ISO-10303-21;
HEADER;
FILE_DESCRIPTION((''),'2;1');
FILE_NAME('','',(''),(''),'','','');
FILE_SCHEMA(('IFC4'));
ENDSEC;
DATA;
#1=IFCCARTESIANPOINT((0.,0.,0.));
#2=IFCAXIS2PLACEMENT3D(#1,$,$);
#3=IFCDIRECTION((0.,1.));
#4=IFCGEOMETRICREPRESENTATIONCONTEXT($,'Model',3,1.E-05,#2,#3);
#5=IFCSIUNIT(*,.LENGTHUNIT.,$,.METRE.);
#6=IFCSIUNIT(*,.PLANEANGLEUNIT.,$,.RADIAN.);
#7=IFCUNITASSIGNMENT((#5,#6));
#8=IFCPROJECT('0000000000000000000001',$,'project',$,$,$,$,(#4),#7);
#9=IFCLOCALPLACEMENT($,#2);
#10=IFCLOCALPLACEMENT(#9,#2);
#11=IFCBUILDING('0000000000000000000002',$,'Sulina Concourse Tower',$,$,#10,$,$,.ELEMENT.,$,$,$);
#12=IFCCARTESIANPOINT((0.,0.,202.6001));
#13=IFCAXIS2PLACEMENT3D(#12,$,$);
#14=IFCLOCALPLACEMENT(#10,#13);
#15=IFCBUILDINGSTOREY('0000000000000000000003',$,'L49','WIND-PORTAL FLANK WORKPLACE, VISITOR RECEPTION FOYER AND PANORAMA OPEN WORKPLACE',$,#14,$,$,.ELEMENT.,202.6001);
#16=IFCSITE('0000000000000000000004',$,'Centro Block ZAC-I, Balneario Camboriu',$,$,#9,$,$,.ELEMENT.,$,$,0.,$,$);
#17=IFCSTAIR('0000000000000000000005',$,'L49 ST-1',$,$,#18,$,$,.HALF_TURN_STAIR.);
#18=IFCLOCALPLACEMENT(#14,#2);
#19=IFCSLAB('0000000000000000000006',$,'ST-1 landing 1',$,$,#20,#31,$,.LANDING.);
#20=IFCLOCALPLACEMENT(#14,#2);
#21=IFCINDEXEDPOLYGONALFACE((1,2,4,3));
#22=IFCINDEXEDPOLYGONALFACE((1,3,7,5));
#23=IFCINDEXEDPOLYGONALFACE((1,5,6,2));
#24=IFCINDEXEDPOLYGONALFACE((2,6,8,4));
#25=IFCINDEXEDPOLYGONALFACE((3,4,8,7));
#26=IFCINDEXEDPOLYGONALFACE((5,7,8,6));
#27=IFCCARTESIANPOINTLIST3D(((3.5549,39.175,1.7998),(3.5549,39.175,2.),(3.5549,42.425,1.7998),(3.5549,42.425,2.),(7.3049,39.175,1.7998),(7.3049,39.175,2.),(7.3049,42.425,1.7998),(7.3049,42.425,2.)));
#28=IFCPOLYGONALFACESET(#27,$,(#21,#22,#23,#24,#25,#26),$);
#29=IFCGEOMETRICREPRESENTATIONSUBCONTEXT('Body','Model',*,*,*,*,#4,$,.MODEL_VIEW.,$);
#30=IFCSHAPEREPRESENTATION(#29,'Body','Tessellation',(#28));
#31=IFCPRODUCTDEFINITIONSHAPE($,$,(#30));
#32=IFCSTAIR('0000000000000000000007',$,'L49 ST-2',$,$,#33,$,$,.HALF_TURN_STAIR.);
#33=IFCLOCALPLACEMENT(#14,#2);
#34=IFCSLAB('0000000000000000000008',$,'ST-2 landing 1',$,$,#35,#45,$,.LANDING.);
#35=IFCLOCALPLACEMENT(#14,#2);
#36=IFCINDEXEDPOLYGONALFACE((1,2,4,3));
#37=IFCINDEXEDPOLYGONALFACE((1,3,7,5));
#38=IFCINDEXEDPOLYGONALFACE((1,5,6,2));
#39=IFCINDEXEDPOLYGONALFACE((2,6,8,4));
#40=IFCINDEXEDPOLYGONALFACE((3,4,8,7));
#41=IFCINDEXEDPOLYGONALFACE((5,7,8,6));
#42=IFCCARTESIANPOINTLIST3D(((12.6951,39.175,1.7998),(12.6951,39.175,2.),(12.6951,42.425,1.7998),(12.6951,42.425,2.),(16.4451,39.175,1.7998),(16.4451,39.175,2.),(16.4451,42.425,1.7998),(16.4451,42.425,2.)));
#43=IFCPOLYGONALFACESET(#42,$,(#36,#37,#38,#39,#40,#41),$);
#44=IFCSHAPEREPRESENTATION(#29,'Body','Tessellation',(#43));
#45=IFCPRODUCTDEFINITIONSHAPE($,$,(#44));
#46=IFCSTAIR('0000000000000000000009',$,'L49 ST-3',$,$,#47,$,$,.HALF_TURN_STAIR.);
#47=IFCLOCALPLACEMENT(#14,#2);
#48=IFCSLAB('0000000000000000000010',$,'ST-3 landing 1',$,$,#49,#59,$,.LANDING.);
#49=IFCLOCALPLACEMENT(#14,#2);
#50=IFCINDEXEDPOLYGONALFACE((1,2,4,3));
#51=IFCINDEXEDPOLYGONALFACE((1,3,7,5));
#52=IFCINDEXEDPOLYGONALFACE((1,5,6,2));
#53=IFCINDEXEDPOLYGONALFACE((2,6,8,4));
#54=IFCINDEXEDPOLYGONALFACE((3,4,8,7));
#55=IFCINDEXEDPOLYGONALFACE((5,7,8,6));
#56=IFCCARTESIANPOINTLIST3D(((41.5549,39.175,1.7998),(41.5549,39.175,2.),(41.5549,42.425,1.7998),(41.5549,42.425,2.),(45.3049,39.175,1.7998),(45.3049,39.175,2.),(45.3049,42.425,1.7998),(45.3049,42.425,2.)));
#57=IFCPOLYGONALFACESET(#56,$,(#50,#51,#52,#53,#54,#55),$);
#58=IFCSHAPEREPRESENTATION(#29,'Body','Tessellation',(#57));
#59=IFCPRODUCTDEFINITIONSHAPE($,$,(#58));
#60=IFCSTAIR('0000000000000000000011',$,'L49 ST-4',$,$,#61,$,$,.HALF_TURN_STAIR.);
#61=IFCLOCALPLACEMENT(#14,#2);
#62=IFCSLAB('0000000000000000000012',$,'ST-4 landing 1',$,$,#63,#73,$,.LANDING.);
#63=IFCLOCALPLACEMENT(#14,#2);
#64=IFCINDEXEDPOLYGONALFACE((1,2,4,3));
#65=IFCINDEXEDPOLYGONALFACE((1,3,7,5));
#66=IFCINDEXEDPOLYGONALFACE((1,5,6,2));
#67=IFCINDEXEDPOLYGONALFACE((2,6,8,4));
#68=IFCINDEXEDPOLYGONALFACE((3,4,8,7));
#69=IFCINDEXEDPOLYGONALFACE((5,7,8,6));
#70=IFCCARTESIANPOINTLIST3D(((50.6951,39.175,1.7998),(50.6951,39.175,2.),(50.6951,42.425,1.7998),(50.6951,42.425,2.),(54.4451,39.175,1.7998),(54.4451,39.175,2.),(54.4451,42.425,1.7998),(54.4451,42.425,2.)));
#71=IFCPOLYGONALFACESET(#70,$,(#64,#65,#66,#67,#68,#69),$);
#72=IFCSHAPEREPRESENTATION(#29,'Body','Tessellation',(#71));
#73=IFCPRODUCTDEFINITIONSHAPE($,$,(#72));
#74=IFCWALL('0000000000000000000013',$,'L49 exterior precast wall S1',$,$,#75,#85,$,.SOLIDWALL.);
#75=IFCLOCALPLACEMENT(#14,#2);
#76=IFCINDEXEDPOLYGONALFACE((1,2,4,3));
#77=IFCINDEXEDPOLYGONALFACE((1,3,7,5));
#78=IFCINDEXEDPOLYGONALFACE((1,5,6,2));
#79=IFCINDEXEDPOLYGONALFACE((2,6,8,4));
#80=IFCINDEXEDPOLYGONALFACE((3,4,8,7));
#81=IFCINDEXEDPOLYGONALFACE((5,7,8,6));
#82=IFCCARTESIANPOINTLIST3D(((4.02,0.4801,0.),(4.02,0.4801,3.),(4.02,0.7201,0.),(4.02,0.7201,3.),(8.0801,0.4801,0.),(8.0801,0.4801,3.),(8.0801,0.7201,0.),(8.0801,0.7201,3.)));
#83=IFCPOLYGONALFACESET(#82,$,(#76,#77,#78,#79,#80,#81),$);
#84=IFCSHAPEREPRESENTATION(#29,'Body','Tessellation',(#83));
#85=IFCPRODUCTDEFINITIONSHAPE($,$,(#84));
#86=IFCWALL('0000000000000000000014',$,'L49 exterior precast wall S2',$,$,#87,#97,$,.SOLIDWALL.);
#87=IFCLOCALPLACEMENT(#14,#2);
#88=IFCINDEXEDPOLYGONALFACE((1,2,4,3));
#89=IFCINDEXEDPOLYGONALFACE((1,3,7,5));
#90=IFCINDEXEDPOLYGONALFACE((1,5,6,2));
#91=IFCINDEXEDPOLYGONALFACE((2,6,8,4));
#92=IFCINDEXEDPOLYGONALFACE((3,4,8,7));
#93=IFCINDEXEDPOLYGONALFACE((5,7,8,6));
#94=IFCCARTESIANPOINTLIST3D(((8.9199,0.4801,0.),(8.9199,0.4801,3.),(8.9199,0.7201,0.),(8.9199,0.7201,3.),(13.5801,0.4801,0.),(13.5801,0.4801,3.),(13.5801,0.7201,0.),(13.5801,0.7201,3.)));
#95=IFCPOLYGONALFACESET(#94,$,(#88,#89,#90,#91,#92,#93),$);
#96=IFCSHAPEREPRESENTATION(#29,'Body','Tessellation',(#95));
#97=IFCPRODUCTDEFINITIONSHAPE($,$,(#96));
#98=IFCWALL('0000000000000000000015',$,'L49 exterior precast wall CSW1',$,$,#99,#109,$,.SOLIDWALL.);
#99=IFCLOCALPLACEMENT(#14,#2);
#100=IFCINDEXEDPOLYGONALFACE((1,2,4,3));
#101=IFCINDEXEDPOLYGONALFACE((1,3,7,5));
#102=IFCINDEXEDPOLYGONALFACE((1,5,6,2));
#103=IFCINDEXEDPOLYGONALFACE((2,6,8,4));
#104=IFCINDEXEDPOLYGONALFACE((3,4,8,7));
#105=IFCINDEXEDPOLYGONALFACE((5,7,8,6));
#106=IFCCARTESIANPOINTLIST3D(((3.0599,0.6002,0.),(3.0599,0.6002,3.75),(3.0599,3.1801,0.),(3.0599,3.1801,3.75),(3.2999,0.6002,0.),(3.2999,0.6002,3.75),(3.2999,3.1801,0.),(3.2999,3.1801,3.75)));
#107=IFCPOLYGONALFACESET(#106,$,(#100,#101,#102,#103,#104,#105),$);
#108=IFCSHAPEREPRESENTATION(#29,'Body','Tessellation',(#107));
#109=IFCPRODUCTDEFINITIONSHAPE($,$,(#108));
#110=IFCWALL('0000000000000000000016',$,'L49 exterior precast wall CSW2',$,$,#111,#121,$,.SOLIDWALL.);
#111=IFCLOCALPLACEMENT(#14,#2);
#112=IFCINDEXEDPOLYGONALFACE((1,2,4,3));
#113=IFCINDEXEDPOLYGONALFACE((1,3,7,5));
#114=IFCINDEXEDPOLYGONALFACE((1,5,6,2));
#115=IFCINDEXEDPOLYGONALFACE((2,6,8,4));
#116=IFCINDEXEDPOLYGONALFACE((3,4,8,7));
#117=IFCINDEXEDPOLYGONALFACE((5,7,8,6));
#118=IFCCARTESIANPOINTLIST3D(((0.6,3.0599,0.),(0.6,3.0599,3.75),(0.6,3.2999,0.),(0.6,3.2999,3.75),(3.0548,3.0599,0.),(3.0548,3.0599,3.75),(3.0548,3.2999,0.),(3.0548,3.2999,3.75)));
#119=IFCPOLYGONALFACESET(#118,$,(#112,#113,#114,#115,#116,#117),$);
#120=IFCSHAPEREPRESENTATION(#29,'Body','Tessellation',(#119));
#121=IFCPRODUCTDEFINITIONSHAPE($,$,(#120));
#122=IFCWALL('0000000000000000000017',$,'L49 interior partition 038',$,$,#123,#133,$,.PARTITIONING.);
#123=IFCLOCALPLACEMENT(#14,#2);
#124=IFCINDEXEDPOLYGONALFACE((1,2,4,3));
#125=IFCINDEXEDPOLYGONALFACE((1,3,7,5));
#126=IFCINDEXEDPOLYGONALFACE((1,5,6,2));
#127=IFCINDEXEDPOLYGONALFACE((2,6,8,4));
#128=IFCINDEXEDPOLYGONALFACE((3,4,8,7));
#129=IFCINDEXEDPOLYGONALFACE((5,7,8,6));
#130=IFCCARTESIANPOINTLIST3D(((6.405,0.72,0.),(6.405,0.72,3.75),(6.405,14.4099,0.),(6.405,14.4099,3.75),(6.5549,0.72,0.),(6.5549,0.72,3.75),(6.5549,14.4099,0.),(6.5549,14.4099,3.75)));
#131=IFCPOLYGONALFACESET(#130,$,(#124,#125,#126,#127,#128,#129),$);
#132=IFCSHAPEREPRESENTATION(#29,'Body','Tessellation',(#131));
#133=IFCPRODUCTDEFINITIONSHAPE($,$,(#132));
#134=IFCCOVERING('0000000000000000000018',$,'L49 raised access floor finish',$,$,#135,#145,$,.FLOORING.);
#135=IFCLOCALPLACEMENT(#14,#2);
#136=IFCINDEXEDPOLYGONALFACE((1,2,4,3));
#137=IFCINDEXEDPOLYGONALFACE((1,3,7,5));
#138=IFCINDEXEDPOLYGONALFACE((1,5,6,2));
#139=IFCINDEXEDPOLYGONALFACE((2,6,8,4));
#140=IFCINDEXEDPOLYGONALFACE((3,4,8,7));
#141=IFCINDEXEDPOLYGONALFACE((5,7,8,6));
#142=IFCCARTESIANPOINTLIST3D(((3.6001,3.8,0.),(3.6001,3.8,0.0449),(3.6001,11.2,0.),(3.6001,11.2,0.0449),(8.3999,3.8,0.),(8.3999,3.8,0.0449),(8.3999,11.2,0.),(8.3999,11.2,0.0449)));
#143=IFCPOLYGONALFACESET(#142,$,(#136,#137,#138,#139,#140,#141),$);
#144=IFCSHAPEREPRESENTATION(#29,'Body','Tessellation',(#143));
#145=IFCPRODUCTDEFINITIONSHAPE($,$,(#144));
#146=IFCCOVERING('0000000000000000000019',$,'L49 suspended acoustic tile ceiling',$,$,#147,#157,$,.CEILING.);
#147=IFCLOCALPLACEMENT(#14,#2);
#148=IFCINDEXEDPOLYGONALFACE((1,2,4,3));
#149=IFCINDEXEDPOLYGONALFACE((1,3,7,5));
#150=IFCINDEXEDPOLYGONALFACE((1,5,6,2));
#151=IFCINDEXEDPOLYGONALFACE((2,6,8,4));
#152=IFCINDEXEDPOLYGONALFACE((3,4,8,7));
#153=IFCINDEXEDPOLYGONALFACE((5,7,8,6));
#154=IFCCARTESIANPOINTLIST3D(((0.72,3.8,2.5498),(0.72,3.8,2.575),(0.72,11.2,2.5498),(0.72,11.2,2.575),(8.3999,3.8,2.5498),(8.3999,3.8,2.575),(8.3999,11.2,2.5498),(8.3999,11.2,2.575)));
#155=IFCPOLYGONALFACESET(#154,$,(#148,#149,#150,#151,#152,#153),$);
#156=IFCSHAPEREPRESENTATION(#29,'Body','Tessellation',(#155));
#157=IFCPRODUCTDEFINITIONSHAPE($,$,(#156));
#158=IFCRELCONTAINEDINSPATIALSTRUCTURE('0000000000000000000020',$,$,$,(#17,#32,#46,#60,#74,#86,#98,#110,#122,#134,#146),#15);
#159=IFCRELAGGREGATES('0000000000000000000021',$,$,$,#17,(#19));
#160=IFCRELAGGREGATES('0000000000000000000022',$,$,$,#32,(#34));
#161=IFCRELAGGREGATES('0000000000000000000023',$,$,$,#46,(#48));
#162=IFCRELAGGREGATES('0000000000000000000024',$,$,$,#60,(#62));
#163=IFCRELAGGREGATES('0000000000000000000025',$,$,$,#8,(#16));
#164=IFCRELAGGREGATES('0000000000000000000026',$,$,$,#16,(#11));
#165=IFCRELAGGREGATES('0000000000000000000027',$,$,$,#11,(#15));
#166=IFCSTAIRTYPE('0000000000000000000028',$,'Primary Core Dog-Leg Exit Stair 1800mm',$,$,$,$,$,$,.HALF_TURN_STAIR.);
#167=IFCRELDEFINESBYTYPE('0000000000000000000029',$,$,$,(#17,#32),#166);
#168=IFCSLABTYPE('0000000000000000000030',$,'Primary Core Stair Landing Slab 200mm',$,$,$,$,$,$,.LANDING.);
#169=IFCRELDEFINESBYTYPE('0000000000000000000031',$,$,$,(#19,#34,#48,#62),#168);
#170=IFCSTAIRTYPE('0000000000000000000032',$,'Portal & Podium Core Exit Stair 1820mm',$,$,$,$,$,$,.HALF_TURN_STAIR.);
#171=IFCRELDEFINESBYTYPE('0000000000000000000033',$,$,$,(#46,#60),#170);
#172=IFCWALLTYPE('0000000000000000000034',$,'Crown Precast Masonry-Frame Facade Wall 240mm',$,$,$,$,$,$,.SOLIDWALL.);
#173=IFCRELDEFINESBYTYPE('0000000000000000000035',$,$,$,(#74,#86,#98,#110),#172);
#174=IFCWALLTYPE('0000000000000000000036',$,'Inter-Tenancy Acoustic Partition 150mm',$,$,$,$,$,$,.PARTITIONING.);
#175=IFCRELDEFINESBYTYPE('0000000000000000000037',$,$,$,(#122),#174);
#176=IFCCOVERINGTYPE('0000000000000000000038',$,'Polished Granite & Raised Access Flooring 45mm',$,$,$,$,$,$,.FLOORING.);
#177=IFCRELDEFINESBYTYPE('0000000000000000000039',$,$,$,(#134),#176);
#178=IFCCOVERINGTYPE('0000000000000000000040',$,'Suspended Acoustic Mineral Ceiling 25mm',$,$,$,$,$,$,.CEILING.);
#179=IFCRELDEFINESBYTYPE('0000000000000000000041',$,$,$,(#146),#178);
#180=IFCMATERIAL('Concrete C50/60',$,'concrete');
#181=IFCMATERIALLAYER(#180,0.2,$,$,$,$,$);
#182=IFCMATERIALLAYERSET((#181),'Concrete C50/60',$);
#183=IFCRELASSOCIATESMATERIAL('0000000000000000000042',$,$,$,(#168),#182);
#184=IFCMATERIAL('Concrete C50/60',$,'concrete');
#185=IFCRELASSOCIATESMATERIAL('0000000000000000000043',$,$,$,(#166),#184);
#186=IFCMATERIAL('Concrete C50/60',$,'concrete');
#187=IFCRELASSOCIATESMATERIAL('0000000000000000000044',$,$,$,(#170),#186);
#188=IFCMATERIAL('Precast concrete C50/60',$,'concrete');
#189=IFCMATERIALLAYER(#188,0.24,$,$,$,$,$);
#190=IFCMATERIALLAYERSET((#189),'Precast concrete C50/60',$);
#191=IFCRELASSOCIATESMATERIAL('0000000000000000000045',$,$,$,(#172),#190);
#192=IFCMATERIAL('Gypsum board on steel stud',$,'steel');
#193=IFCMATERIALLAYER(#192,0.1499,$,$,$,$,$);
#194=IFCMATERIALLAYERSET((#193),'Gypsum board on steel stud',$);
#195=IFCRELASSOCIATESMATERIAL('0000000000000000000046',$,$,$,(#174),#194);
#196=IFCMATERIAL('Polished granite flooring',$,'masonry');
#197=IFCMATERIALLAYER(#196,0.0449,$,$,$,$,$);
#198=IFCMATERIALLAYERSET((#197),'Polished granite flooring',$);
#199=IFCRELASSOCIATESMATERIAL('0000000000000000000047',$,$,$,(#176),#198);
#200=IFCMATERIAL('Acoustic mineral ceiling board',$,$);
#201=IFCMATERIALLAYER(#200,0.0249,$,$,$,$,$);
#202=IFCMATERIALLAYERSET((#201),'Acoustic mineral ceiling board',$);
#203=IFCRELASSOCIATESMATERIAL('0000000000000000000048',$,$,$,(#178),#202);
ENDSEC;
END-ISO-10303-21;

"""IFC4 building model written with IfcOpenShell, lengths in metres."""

from ifc_helpers import new_model, si_unit, direction, frame, frame_2d, origin, place, context, subcontext, project, spatial, polyline, rectangle, outline, extrude, material, layer, layer_set, type_object, element, aggregate, save


model = new_model("IFC4")

# Units and contexts
model_context = context("Model", 3, precision=1e-05, world=origin(), true_north=direction((0.0, 1.0)))
body_context = subcontext(model_context, "Body", "Model", "MODEL_VIEW")
ifc_project = project(units=[si_unit("LENGTHUNIT", "METRE"), si_unit("PLANEANGLEUNIT", "RADIAN")], contexts=[model_context])

# Site, building, storey
site_placement = place(None, origin())
site = spatial("IfcSite", under=ifc_project, at=site_placement, Name="Centro Block ZAC-I, Balneario Camboriu", CompositionType="ELEMENT", RefElevation=0.0)
building_placement = place(site_placement, origin())
building = spatial("IfcBuilding", under=site, at=building_placement, Name="Sulina Concourse Tower", CompositionType="ELEMENT")
storey_placement = place(building_placement, frame((0.0, 0.0, 202.6001)))
storey = spatial("IfcBuildingStorey", under=building, at=storey_placement, Name="L49", Description="WIND-PORTAL FLANK WORKPLACE, VISITOR RECEPTION FOYER AND PANORAMA OPEN WORKPLACE", CompositionType="ELEMENT", Elevation=202.6001)

# Shared definitions
ifc_material_1 = material(Name="Concrete C50/60", Category="concrete")
ifc_layer_1 = layer(ifc_material_1, 0.2)
ifc_layer_set_1 = layer_set([ifc_layer_1], Name="Concrete C50/60")
slab_type_1 = type_object("IfcSlabType", Name="Primary Core Stair Landing Slab 200mm", PredefinedType="LANDING", material=ifc_layer_set_1)

# Stairs, slabs
ifc_material_2 = material(Name="Concrete C50/60", Category="concrete")
stair_type_1 = type_object("IfcStairType", Name="Primary Core Dog-Leg Exit Stair 1800mm", PredefinedType="HALF_TURN_STAIR", material=ifc_material_2)
stair_1_placement = place(storey_placement, origin())
stair_1 = element("IfcStair", 1, at=stair_1_placement, inside=storey, type_object=stair_type_1, Name="L49 ST-1", PredefinedType="HALF_TURN_STAIR")
slab_1_placement = place(storey_placement, frame((0.0, 0.0, 1.7998)))
slab_1 = element("IfcSlab", 2, at=slab_1_placement, type_object=slab_type_1, Name="ST-1 landing 1", PredefinedType="LANDING", context=body_context, shape_type="SweptSolid", body=[
    extrude(outline(polyline([(7.3049, 39.175), (7.3049, 42.425), (3.5549, 42.425), (3.5549, 39.175), (7.3049, 39.175)])), origin(), (0.0, 0.0, 1.0), 0.2002),
])
aggregate(stair_1, [slab_1])
stair_2_placement = place(storey_placement, origin())
stair_2 = element("IfcStair", 3, at=stair_2_placement, inside=storey, type_object=stair_type_1, Name="L49 ST-2", PredefinedType="HALF_TURN_STAIR")
slab_2_placement = place(storey_placement, frame((0.0, 0.0, 1.7998)))
slab_2 = element("IfcSlab", 4, at=slab_2_placement, type_object=slab_type_1, Name="ST-2 landing 1", PredefinedType="LANDING", context=body_context, shape_type="SweptSolid", body=[
    extrude(outline(polyline([(16.4451, 39.175), (16.4451, 42.425), (12.6951, 42.425), (12.6951, 39.175), (16.4451, 39.175)])), origin(), (0.0, 0.0, 1.0), 0.2002),
])
aggregate(stair_2, [slab_2])
ifc_material_3 = material(Name="Concrete C50/60", Category="concrete")
stair_type_2 = type_object("IfcStairType", Name="Portal & Podium Core Exit Stair 1820mm", PredefinedType="HALF_TURN_STAIR", material=ifc_material_3)
stair_3_placement = place(storey_placement, origin())
stair_3 = element("IfcStair", 5, at=stair_3_placement, inside=storey, type_object=stair_type_2, Name="L49 ST-3", PredefinedType="HALF_TURN_STAIR")
slab_3_placement = place(storey_placement, frame((0.0, 0.0, 1.7998)))
slab_3 = element("IfcSlab", 6, at=slab_3_placement, type_object=slab_type_1, Name="ST-3 landing 1", PredefinedType="LANDING", context=body_context, shape_type="SweptSolid", body=[
    extrude(outline(polyline([(45.3049, 39.175), (45.3049, 42.425), (41.5549, 42.425), (41.5549, 39.175), (45.3049, 39.175)])), origin(), (0.0, 0.0, 1.0), 0.2002),
])
aggregate(stair_3, [slab_3])
stair_4_placement = place(storey_placement, origin())
stair_4 = element("IfcStair", 7, at=stair_4_placement, inside=storey, type_object=stair_type_2, Name="L49 ST-4", PredefinedType="HALF_TURN_STAIR")
slab_4_placement = place(storey_placement, frame((0.0, 0.0, 1.7998)))
slab_4 = element("IfcSlab", 8, at=slab_4_placement, type_object=slab_type_1, Name="ST-4 landing 1", PredefinedType="LANDING", context=body_context, shape_type="SweptSolid", body=[
    extrude(outline(polyline([(54.4451, 39.175), (54.4451, 42.425), (50.6951, 42.425), (50.6951, 39.175), (54.4451, 39.175)])), origin(), (0.0, 0.0, 1.0), 0.2002),
])
aggregate(stair_4, [slab_4])

# Walls
ifc_material_4 = material(Name="Precast concrete C50/60", Category="concrete")
ifc_layer_2 = layer(ifc_material_4, 0.24)
ifc_layer_set_2 = layer_set([ifc_layer_2], Name="Precast concrete C50/60")
wall_type_1 = type_object("IfcWallType", Name="Crown Precast Masonry-Frame Facade Wall 240mm", PredefinedType="SOLIDWALL", material=ifc_layer_set_2)
wall_1_placement = place(storey_placement, frame((8.0801, 0.6001, 0.0), z_axis=(0.0, 0.0, 1.0), x_axis=(-1.0, 0.0, 0.0)))
element("IfcWall", 9, at=wall_1_placement, inside=storey, type_object=wall_type_1, Name="L49 exterior precast wall S1", PredefinedType="SOLIDWALL", context=body_context, shape_type="SweptSolid", body=[
    extrude(rectangle(XDim=4.0601, YDim=0.24, at=frame_2d((2.03, 0.0))), origin(), (0.0, 0.0, 1.0), 3.0),
])
wall_2_placement = place(storey_placement, frame((13.5801, 0.6001, 0.0), z_axis=(0.0, 0.0, 1.0), x_axis=(-1.0, 0.0, 0.0)))
element("IfcWall", 10, at=wall_2_placement, inside=storey, type_object=wall_type_1, Name="L49 exterior precast wall S2", PredefinedType="SOLIDWALL", context=body_context, shape_type="SweptSolid", body=[
    extrude(rectangle(XDim=4.6602, YDim=0.24, at=frame_2d((2.3301, 0.0))), origin(), (0.0, 0.0, 1.0), 3.0),
])
wall_3_placement = place(storey_placement, frame((3.1799, 0.6001, 0.0), z_axis=(0.0, 0.0, 1.0), x_axis=(0.0, 1.0, 0.0)))
element("IfcWall", 11, at=wall_3_placement, inside=storey, type_object=wall_type_1, Name="L49 exterior precast wall CSW1", PredefinedType="SOLIDWALL", context=body_context, shape_type="SweptSolid", body=[
    extrude(rectangle(XDim=2.5798, YDim=0.24, at=frame_2d((1.29, 0.0))), origin(), (0.0, 0.0, 1.0), 3.75),
])
wall_4_placement = place(storey_placement, frame((3.0549, 3.1799, 0.0), z_axis=(0.0, 0.0, 1.0), x_axis=(-1.0, 0.0, 0.0)))
element("IfcWall", 12, at=wall_4_placement, inside=storey, type_object=wall_type_1, Name="L49 exterior precast wall CSW2", PredefinedType="SOLIDWALL", context=body_context, shape_type="SweptSolid", body=[
    extrude(rectangle(XDim=2.4548, YDim=0.24, at=frame_2d((1.2275, 0.0))), origin(), (0.0, 0.0, 1.0), 3.75),
])
ifc_material_5 = material(Name="Gypsum board on steel stud", Category="steel")
ifc_layer_3 = layer(ifc_material_5, 0.1499)
ifc_layer_set_3 = layer_set([ifc_layer_3], Name="Gypsum board on steel stud")
wall_type_2 = type_object("IfcWallType", Name="Inter-Tenancy Acoustic Partition 150mm", PredefinedType="PARTITIONING", material=ifc_layer_set_3)
wall_5_placement = place(storey_placement, frame((6.48, 0.72, 0.0), z_axis=(0.0, 0.0, 1.0), x_axis=(0.0, 1.0, 0.0)))
element("IfcWall", 13, at=wall_5_placement, inside=storey, type_object=wall_type_2, Name="L49 interior partition 038", PredefinedType="PARTITIONING", context=body_context, shape_type="SweptSolid", body=[
    extrude(rectangle(XDim=13.6899, YDim=0.1499, at=frame_2d((6.845, 0.0))), origin(), (0.0, 0.0, 1.0), 3.75),
])

# Coverings
ifc_material_6 = material(Name="Polished granite flooring", Category="masonry")
ifc_layer_4 = layer(ifc_material_6, 0.0449)
ifc_layer_set_4 = layer_set([ifc_layer_4], Name="Polished granite flooring")
covering_type_1 = type_object("IfcCoveringType", Name="Polished Granite & Raised Access Flooring 45mm", PredefinedType="FLOORING", material=ifc_layer_set_4)
covering_1_placement = place(storey_placement, origin())
element("IfcCovering", 14, at=covering_1_placement, inside=storey, type_object=covering_type_1, Name="L49 raised access floor finish", PredefinedType="FLOORING", context=body_context, shape_type="SweptSolid", body=[
    extrude(outline(polyline([(3.6001, 3.8), (8.3999, 3.8), (8.3999, 11.2), (3.6001, 11.2), (3.6001, 3.8)])), origin(), (0.0, 0.0, 1.0), 0.0449),
])
ifc_material_7 = material(Name="Acoustic mineral ceiling board")
ifc_layer_5 = layer(ifc_material_7, 0.0249)
ifc_layer_set_5 = layer_set([ifc_layer_5], Name="Acoustic mineral ceiling board")
covering_type_2 = type_object("IfcCoveringType", Name="Suspended Acoustic Mineral Ceiling 25mm", PredefinedType="CEILING", material=ifc_layer_set_5)
covering_2_placement = place(storey_placement, frame((0.0, 0.0, 2.5498)))
element("IfcCovering", 15, at=covering_2_placement, inside=storey, type_object=covering_type_2, Name="L49 suspended acoustic tile ceiling", PredefinedType="CEILING", context=body_context, shape_type="SweptSolid", body=[
    extrude(outline(polyline([(0.72, 3.8), (8.3999, 3.8), (8.3999, 11.2), (0.72, 11.2), (0.72, 3.8)])), origin(), (0.0, 0.0, 1.0), 0.0251),
])

save(model, "model.ifc")
